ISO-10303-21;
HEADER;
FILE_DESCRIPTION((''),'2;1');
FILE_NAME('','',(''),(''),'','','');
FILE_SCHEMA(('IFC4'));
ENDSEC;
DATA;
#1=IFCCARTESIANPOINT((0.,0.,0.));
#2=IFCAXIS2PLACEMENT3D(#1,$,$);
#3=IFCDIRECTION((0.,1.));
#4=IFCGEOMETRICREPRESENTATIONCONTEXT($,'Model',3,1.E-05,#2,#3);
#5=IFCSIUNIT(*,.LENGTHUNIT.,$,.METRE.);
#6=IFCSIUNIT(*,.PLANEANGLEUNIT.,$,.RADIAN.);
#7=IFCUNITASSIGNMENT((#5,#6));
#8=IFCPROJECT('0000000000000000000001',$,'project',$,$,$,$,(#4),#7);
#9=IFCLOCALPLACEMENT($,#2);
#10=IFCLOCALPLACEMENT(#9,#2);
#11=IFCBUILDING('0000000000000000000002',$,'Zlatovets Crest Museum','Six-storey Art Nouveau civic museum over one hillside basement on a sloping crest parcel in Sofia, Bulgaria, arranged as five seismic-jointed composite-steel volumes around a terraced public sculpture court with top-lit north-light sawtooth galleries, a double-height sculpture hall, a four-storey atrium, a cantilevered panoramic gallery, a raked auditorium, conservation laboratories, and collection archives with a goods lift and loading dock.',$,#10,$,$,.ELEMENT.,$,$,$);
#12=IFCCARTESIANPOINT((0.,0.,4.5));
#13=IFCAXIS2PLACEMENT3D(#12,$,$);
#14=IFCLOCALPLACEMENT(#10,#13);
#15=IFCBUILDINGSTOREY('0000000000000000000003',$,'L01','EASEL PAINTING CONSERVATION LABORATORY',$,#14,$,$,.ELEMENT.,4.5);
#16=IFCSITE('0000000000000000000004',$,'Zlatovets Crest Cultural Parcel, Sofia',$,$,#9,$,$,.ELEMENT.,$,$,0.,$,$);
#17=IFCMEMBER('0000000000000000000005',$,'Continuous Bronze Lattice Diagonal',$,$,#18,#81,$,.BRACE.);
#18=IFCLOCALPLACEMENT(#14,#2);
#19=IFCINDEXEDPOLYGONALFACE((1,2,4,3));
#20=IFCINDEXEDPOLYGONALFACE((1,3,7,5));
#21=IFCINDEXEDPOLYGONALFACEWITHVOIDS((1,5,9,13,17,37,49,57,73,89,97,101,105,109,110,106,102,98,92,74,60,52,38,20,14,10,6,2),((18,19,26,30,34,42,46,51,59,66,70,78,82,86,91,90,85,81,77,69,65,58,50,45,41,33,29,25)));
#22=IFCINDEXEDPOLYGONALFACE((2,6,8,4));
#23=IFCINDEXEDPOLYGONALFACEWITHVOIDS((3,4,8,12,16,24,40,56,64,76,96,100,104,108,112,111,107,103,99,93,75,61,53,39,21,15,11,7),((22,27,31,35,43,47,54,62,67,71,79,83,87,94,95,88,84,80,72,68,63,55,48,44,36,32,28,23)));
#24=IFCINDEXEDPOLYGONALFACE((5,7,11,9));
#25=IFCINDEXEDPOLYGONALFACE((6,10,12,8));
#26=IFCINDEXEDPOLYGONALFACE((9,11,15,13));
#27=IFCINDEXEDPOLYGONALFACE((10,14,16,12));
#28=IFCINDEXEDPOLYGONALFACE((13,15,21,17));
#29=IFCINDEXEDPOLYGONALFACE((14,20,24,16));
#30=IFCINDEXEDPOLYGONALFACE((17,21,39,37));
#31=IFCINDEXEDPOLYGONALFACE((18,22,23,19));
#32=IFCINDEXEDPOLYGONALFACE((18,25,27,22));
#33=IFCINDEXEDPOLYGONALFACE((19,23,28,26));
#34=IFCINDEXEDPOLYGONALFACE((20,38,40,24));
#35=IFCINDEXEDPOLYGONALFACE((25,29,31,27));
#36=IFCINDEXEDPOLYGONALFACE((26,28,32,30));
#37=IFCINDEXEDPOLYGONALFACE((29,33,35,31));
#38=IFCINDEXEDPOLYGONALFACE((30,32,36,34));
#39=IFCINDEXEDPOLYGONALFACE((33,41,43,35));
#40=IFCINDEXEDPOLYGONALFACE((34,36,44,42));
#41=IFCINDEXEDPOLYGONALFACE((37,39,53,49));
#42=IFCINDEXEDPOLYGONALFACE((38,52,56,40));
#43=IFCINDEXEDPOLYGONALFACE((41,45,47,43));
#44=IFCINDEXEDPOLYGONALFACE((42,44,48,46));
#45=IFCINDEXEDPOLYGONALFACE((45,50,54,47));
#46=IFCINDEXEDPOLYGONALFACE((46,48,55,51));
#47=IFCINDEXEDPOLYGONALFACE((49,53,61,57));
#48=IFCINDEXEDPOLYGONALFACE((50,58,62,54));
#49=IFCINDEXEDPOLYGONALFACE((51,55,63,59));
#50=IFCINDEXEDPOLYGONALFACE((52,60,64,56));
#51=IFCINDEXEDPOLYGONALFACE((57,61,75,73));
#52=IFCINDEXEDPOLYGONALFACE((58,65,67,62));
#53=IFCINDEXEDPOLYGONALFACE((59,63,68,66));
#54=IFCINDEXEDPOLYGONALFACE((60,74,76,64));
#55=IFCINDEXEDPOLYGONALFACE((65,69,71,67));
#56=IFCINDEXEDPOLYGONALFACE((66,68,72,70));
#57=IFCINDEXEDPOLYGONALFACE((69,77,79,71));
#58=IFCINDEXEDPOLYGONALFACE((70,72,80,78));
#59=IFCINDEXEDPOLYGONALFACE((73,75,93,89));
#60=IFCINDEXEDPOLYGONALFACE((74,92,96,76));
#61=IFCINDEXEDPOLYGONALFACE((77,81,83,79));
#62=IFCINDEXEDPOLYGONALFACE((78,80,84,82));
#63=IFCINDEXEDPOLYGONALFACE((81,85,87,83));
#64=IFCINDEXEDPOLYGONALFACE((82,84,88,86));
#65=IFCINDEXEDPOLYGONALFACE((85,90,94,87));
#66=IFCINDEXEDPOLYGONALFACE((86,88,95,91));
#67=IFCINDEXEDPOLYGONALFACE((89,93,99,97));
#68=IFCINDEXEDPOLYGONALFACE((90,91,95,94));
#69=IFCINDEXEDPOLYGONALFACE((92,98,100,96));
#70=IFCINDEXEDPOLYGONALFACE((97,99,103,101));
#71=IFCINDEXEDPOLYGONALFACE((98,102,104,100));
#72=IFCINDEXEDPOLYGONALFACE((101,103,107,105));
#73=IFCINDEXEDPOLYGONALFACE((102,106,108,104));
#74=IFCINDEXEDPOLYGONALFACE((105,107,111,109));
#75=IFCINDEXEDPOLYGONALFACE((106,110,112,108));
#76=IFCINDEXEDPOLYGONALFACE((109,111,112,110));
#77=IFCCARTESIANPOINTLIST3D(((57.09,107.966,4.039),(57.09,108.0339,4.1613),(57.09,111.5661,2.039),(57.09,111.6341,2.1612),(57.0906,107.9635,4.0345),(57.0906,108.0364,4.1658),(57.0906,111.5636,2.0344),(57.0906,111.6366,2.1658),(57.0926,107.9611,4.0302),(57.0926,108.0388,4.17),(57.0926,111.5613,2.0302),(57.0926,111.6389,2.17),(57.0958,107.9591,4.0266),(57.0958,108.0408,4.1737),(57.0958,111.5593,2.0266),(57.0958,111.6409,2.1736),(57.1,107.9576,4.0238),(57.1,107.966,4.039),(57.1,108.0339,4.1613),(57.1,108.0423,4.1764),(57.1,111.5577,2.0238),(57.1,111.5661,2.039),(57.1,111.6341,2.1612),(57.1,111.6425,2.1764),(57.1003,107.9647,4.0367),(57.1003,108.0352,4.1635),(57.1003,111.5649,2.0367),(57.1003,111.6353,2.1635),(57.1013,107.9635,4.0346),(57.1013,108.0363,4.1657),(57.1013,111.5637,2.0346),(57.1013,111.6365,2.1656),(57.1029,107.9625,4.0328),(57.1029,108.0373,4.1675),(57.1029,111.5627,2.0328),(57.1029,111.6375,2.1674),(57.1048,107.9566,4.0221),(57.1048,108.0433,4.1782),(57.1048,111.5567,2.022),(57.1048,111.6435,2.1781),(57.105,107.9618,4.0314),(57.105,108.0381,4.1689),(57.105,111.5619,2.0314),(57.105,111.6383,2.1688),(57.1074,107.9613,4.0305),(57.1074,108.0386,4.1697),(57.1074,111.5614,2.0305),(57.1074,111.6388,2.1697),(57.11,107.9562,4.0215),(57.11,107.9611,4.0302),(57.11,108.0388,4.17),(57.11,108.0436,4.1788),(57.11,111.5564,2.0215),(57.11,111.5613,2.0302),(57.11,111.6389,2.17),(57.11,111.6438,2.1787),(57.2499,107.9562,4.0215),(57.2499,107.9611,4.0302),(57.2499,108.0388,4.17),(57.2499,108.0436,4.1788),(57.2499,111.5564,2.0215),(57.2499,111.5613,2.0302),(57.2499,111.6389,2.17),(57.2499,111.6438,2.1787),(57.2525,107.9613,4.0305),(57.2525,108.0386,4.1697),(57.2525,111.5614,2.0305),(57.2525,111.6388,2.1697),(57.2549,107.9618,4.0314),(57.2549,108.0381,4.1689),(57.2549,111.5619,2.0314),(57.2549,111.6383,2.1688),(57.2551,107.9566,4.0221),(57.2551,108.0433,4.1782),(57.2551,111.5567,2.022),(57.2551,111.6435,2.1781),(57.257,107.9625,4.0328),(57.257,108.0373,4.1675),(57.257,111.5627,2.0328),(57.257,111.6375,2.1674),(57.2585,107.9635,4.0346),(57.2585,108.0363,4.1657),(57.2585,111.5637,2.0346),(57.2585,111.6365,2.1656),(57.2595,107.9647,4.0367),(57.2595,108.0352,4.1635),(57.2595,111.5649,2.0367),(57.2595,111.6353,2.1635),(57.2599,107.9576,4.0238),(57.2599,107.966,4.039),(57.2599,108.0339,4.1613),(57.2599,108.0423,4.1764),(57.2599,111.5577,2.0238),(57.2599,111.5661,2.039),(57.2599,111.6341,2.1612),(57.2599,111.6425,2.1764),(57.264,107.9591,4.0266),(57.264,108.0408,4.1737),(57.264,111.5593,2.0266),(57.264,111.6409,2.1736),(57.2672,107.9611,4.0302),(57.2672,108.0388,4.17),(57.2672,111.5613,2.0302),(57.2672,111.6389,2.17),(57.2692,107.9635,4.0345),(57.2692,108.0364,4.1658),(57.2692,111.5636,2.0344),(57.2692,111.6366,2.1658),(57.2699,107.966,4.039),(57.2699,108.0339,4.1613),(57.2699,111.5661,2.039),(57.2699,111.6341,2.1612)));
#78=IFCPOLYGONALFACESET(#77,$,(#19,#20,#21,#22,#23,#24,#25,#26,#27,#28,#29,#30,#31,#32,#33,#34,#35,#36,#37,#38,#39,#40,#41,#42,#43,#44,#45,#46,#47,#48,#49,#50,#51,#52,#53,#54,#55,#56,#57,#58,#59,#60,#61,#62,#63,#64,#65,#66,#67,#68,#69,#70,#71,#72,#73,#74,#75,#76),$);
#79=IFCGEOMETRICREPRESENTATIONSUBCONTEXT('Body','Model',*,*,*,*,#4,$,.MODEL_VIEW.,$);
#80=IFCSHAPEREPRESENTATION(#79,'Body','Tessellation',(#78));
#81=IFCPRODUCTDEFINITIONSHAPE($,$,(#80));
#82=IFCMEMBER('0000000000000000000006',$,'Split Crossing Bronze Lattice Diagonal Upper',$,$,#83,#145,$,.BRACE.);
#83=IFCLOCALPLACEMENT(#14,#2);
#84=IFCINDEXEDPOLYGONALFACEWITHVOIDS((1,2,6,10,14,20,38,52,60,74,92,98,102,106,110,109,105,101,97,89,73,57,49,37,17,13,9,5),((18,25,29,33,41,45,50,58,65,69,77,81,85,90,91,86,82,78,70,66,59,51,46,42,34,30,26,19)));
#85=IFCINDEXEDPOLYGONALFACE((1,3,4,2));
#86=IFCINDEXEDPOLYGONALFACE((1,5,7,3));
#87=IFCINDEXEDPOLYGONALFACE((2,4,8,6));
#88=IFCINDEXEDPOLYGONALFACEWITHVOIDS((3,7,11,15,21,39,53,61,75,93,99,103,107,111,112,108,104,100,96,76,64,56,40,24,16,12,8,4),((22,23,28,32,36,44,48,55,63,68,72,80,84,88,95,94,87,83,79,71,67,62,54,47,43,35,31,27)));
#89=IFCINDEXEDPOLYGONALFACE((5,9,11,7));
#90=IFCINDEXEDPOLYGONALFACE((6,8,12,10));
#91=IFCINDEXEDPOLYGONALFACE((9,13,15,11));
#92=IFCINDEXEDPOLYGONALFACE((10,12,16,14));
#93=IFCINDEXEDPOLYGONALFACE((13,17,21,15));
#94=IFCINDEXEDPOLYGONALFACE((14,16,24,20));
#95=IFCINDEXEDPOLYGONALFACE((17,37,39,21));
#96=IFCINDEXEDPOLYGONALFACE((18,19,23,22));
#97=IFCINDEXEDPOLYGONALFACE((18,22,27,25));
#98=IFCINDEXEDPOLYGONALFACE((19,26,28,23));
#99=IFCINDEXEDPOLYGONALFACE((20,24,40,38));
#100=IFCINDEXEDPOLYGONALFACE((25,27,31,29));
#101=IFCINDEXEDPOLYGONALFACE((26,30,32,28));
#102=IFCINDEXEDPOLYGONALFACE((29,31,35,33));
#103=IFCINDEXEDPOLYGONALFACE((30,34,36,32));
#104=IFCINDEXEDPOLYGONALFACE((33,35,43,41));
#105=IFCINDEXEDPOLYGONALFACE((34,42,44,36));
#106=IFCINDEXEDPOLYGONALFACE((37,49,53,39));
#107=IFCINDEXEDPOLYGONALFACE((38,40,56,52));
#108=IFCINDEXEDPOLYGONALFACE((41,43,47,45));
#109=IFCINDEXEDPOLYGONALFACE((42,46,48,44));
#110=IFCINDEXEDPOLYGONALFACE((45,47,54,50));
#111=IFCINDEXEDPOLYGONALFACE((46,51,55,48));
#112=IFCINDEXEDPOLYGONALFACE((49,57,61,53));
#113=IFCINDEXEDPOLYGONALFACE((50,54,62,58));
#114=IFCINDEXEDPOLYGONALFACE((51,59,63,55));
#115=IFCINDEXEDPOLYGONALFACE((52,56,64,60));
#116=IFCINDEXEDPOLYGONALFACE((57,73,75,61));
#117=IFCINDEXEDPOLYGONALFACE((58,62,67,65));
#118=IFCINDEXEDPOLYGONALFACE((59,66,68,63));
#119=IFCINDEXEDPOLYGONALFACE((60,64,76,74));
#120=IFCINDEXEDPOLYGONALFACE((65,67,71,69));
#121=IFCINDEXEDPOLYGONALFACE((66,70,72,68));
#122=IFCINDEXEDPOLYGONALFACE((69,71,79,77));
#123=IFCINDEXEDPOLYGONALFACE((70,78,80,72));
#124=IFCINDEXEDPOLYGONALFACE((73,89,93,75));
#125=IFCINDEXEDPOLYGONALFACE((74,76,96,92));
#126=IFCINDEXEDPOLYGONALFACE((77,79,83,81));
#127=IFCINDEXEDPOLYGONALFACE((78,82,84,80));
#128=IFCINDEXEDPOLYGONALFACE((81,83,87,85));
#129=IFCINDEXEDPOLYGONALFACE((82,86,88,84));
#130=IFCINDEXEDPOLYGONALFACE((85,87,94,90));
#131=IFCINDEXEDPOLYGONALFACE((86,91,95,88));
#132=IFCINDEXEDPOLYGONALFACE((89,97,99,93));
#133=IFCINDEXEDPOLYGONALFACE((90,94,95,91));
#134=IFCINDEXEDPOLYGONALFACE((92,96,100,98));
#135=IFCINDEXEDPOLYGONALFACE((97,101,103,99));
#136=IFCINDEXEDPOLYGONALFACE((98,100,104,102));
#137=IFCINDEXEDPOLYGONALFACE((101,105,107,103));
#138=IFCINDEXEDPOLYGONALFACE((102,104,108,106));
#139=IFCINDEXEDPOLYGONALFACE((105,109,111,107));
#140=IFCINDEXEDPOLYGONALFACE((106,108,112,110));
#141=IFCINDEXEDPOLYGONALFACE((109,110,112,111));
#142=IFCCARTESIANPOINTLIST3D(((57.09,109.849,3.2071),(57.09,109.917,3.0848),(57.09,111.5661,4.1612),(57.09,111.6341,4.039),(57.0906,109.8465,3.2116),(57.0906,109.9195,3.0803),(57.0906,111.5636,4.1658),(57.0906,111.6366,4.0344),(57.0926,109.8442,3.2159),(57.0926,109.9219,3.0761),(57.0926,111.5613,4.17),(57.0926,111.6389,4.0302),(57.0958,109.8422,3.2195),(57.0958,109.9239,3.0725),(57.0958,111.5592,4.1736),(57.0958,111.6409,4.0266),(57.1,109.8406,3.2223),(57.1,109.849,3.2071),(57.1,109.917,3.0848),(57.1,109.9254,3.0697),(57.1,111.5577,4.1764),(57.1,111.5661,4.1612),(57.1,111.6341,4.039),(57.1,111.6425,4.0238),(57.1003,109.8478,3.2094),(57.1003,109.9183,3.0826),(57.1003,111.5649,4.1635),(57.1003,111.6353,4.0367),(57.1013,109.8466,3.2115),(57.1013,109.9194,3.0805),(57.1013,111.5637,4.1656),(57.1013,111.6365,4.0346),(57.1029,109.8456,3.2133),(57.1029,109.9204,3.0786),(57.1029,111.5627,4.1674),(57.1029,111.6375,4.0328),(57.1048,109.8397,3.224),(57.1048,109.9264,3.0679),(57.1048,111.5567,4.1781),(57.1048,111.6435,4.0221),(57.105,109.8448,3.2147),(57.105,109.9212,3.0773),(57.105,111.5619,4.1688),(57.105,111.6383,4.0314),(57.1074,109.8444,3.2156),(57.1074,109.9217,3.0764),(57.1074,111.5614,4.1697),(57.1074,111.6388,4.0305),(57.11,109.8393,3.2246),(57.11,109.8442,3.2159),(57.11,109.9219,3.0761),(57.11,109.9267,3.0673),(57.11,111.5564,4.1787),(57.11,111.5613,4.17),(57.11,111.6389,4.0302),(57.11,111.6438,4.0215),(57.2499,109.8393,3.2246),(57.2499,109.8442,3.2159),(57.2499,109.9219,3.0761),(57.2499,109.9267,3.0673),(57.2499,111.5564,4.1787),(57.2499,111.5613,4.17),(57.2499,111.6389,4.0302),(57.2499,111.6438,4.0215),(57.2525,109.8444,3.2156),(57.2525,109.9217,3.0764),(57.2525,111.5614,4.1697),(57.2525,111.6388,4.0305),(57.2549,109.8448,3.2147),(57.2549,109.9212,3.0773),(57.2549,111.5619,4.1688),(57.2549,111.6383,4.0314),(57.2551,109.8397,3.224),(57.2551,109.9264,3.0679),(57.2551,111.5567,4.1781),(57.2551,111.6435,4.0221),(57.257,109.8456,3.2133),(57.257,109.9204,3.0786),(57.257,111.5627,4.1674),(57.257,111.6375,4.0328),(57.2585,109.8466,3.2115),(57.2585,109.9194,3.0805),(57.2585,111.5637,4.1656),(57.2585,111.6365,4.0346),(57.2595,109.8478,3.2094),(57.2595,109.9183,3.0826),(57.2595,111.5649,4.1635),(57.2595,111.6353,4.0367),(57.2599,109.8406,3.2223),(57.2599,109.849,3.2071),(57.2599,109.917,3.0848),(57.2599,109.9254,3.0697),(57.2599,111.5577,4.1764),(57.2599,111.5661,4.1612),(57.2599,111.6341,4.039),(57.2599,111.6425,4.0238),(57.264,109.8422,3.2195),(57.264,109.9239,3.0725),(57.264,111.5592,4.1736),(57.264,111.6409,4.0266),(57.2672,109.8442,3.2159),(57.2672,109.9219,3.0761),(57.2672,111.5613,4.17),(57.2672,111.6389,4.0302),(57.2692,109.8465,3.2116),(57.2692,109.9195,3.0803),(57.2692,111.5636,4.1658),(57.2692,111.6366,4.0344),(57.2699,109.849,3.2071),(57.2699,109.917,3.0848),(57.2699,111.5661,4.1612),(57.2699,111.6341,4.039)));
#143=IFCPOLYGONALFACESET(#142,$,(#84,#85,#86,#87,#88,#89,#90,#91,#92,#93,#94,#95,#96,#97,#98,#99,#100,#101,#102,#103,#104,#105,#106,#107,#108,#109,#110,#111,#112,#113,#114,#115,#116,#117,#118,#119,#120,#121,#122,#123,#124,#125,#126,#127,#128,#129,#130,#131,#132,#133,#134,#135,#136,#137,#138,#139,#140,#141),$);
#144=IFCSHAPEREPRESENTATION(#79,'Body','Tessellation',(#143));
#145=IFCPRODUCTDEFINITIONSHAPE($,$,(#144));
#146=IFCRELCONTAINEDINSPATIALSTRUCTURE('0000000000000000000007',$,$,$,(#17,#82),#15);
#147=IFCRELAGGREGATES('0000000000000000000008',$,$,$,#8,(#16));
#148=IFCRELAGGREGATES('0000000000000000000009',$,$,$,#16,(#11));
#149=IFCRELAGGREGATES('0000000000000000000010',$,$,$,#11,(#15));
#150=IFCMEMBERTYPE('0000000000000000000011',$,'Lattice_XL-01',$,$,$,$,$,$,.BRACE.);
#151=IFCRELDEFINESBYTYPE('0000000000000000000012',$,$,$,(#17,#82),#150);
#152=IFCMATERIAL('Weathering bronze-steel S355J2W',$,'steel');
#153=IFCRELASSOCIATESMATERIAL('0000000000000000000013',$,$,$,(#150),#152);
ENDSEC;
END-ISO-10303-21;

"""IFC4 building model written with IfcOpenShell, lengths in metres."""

from ifc_helpers import new_model, si_unit, direction, frame, origin, origin_2d, place, context, subcontext, project, spatial, hollow_rectangle, extrude, material, material_profile, profile_set, type_object, element, save


model = new_model("IFC4")

# Units and contexts
model_context = context("Model", 3, precision=1e-05, world=origin(), true_north=direction((0.0, 1.0)))
body_context = subcontext(model_context, "Body", "Model", "MODEL_VIEW")
ifc_project = project(units=[si_unit("LENGTHUNIT", "METRE"), si_unit("PLANEANGLEUNIT", "RADIAN")], contexts=[model_context])

# Site, building, storey
site_placement = place(None, origin())
site = spatial("IfcSite", under=ifc_project, at=site_placement, Name="Zlatovets Crest Cultural Parcel, Sofia", CompositionType="ELEMENT", RefElevation=0.0)
building_placement = place(site_placement, origin())
building = spatial("IfcBuilding", under=site, at=building_placement, Name="Zlatovets Crest Museum", Description="Six-storey Art Nouveau civic museum over one hillside basement on a sloping crest parcel in Sofia, Bulgaria, arranged as five seismic-jointed composite-steel volumes around a terraced public sculpture court with top-lit north-light sawtooth galleries, a double-height sculpture hall, a four-storey atrium, a cantilevered panoramic gallery, a raked auditorium, conservation laboratories, and collection archives with a goods lift and loading dock.", CompositionType="ELEMENT")
storey_placement = place(building_placement, frame((0.0, 0.0, 4.5)))
storey = spatial("IfcBuildingStorey", under=building, at=storey_placement, Name="L01", Description="EASEL PAINTING CONSERVATION LABORATORY", CompositionType="ELEMENT", Elevation=4.5)

# Members
ifc_material_1 = material(Name="Weathering bronze-steel S355J2W", Category="steel")
ifc_material_profile_1 = material_profile(ifc_material_1, hollow_rectangle(XDim=0.1799, YDim=0.1799, WallThickness=0.01, InnerFilletRadius=0.01, OuterFilletRadius=0.02, at=origin_2d()), Name="SHS 180x180x10.0")
ifc_profile_set_1 = profile_set([ifc_material_profile_1], Name="Weathering bronze-steel S355J2W")
member_type_1 = type_object("IfcMemberType", Name="Lattice_XL-01", PredefinedType="BRACE", material=ifc_profile_set_1)
member_1_placement = place(storey_placement, frame((57.1799, 111.6001, 2.1001), z_axis=(0.0, -0.874163, 0.485633), x_axis=(1.0, 0.0, 0.0)))
element("IfcMember", 1, at=member_1_placement, inside=storey, type_object=member_type_1, Name="Continuous Bronze Lattice Diagonal", PredefinedType="BRACE", context=body_context, shape_type="SweptSolid", body=[
    extrude(hollow_rectangle(XDim=0.1799, YDim=0.1799, WallThickness=0.01, InnerFilletRadius=0.01, OuterFilletRadius=0.02, at=origin_2d()), origin(), (0.0, 0.0, 1.0), 4.1184),
])
member_2_placement = place(storey_placement, frame((57.1799, 111.6001, 4.1001), z_axis=(0.0, -0.874116, -0.485717), x_axis=(1.0, 0.0, 0.0)))
element("IfcMember", 2, at=member_2_placement, inside=storey, type_object=member_type_1, Name="Split Crossing Bronze Lattice Diagonal Upper", PredefinedType="BRACE", context=body_context, shape_type="SweptSolid", body=[
    extrude(hollow_rectangle(XDim=0.1799, YDim=0.1799, WallThickness=0.01, InnerFilletRadius=0.01, OuterFilletRadius=0.02, at=origin_2d()), origin(), (0.0, 0.0, 1.0), 1.9644),
])

save(model, "model.ifc")
